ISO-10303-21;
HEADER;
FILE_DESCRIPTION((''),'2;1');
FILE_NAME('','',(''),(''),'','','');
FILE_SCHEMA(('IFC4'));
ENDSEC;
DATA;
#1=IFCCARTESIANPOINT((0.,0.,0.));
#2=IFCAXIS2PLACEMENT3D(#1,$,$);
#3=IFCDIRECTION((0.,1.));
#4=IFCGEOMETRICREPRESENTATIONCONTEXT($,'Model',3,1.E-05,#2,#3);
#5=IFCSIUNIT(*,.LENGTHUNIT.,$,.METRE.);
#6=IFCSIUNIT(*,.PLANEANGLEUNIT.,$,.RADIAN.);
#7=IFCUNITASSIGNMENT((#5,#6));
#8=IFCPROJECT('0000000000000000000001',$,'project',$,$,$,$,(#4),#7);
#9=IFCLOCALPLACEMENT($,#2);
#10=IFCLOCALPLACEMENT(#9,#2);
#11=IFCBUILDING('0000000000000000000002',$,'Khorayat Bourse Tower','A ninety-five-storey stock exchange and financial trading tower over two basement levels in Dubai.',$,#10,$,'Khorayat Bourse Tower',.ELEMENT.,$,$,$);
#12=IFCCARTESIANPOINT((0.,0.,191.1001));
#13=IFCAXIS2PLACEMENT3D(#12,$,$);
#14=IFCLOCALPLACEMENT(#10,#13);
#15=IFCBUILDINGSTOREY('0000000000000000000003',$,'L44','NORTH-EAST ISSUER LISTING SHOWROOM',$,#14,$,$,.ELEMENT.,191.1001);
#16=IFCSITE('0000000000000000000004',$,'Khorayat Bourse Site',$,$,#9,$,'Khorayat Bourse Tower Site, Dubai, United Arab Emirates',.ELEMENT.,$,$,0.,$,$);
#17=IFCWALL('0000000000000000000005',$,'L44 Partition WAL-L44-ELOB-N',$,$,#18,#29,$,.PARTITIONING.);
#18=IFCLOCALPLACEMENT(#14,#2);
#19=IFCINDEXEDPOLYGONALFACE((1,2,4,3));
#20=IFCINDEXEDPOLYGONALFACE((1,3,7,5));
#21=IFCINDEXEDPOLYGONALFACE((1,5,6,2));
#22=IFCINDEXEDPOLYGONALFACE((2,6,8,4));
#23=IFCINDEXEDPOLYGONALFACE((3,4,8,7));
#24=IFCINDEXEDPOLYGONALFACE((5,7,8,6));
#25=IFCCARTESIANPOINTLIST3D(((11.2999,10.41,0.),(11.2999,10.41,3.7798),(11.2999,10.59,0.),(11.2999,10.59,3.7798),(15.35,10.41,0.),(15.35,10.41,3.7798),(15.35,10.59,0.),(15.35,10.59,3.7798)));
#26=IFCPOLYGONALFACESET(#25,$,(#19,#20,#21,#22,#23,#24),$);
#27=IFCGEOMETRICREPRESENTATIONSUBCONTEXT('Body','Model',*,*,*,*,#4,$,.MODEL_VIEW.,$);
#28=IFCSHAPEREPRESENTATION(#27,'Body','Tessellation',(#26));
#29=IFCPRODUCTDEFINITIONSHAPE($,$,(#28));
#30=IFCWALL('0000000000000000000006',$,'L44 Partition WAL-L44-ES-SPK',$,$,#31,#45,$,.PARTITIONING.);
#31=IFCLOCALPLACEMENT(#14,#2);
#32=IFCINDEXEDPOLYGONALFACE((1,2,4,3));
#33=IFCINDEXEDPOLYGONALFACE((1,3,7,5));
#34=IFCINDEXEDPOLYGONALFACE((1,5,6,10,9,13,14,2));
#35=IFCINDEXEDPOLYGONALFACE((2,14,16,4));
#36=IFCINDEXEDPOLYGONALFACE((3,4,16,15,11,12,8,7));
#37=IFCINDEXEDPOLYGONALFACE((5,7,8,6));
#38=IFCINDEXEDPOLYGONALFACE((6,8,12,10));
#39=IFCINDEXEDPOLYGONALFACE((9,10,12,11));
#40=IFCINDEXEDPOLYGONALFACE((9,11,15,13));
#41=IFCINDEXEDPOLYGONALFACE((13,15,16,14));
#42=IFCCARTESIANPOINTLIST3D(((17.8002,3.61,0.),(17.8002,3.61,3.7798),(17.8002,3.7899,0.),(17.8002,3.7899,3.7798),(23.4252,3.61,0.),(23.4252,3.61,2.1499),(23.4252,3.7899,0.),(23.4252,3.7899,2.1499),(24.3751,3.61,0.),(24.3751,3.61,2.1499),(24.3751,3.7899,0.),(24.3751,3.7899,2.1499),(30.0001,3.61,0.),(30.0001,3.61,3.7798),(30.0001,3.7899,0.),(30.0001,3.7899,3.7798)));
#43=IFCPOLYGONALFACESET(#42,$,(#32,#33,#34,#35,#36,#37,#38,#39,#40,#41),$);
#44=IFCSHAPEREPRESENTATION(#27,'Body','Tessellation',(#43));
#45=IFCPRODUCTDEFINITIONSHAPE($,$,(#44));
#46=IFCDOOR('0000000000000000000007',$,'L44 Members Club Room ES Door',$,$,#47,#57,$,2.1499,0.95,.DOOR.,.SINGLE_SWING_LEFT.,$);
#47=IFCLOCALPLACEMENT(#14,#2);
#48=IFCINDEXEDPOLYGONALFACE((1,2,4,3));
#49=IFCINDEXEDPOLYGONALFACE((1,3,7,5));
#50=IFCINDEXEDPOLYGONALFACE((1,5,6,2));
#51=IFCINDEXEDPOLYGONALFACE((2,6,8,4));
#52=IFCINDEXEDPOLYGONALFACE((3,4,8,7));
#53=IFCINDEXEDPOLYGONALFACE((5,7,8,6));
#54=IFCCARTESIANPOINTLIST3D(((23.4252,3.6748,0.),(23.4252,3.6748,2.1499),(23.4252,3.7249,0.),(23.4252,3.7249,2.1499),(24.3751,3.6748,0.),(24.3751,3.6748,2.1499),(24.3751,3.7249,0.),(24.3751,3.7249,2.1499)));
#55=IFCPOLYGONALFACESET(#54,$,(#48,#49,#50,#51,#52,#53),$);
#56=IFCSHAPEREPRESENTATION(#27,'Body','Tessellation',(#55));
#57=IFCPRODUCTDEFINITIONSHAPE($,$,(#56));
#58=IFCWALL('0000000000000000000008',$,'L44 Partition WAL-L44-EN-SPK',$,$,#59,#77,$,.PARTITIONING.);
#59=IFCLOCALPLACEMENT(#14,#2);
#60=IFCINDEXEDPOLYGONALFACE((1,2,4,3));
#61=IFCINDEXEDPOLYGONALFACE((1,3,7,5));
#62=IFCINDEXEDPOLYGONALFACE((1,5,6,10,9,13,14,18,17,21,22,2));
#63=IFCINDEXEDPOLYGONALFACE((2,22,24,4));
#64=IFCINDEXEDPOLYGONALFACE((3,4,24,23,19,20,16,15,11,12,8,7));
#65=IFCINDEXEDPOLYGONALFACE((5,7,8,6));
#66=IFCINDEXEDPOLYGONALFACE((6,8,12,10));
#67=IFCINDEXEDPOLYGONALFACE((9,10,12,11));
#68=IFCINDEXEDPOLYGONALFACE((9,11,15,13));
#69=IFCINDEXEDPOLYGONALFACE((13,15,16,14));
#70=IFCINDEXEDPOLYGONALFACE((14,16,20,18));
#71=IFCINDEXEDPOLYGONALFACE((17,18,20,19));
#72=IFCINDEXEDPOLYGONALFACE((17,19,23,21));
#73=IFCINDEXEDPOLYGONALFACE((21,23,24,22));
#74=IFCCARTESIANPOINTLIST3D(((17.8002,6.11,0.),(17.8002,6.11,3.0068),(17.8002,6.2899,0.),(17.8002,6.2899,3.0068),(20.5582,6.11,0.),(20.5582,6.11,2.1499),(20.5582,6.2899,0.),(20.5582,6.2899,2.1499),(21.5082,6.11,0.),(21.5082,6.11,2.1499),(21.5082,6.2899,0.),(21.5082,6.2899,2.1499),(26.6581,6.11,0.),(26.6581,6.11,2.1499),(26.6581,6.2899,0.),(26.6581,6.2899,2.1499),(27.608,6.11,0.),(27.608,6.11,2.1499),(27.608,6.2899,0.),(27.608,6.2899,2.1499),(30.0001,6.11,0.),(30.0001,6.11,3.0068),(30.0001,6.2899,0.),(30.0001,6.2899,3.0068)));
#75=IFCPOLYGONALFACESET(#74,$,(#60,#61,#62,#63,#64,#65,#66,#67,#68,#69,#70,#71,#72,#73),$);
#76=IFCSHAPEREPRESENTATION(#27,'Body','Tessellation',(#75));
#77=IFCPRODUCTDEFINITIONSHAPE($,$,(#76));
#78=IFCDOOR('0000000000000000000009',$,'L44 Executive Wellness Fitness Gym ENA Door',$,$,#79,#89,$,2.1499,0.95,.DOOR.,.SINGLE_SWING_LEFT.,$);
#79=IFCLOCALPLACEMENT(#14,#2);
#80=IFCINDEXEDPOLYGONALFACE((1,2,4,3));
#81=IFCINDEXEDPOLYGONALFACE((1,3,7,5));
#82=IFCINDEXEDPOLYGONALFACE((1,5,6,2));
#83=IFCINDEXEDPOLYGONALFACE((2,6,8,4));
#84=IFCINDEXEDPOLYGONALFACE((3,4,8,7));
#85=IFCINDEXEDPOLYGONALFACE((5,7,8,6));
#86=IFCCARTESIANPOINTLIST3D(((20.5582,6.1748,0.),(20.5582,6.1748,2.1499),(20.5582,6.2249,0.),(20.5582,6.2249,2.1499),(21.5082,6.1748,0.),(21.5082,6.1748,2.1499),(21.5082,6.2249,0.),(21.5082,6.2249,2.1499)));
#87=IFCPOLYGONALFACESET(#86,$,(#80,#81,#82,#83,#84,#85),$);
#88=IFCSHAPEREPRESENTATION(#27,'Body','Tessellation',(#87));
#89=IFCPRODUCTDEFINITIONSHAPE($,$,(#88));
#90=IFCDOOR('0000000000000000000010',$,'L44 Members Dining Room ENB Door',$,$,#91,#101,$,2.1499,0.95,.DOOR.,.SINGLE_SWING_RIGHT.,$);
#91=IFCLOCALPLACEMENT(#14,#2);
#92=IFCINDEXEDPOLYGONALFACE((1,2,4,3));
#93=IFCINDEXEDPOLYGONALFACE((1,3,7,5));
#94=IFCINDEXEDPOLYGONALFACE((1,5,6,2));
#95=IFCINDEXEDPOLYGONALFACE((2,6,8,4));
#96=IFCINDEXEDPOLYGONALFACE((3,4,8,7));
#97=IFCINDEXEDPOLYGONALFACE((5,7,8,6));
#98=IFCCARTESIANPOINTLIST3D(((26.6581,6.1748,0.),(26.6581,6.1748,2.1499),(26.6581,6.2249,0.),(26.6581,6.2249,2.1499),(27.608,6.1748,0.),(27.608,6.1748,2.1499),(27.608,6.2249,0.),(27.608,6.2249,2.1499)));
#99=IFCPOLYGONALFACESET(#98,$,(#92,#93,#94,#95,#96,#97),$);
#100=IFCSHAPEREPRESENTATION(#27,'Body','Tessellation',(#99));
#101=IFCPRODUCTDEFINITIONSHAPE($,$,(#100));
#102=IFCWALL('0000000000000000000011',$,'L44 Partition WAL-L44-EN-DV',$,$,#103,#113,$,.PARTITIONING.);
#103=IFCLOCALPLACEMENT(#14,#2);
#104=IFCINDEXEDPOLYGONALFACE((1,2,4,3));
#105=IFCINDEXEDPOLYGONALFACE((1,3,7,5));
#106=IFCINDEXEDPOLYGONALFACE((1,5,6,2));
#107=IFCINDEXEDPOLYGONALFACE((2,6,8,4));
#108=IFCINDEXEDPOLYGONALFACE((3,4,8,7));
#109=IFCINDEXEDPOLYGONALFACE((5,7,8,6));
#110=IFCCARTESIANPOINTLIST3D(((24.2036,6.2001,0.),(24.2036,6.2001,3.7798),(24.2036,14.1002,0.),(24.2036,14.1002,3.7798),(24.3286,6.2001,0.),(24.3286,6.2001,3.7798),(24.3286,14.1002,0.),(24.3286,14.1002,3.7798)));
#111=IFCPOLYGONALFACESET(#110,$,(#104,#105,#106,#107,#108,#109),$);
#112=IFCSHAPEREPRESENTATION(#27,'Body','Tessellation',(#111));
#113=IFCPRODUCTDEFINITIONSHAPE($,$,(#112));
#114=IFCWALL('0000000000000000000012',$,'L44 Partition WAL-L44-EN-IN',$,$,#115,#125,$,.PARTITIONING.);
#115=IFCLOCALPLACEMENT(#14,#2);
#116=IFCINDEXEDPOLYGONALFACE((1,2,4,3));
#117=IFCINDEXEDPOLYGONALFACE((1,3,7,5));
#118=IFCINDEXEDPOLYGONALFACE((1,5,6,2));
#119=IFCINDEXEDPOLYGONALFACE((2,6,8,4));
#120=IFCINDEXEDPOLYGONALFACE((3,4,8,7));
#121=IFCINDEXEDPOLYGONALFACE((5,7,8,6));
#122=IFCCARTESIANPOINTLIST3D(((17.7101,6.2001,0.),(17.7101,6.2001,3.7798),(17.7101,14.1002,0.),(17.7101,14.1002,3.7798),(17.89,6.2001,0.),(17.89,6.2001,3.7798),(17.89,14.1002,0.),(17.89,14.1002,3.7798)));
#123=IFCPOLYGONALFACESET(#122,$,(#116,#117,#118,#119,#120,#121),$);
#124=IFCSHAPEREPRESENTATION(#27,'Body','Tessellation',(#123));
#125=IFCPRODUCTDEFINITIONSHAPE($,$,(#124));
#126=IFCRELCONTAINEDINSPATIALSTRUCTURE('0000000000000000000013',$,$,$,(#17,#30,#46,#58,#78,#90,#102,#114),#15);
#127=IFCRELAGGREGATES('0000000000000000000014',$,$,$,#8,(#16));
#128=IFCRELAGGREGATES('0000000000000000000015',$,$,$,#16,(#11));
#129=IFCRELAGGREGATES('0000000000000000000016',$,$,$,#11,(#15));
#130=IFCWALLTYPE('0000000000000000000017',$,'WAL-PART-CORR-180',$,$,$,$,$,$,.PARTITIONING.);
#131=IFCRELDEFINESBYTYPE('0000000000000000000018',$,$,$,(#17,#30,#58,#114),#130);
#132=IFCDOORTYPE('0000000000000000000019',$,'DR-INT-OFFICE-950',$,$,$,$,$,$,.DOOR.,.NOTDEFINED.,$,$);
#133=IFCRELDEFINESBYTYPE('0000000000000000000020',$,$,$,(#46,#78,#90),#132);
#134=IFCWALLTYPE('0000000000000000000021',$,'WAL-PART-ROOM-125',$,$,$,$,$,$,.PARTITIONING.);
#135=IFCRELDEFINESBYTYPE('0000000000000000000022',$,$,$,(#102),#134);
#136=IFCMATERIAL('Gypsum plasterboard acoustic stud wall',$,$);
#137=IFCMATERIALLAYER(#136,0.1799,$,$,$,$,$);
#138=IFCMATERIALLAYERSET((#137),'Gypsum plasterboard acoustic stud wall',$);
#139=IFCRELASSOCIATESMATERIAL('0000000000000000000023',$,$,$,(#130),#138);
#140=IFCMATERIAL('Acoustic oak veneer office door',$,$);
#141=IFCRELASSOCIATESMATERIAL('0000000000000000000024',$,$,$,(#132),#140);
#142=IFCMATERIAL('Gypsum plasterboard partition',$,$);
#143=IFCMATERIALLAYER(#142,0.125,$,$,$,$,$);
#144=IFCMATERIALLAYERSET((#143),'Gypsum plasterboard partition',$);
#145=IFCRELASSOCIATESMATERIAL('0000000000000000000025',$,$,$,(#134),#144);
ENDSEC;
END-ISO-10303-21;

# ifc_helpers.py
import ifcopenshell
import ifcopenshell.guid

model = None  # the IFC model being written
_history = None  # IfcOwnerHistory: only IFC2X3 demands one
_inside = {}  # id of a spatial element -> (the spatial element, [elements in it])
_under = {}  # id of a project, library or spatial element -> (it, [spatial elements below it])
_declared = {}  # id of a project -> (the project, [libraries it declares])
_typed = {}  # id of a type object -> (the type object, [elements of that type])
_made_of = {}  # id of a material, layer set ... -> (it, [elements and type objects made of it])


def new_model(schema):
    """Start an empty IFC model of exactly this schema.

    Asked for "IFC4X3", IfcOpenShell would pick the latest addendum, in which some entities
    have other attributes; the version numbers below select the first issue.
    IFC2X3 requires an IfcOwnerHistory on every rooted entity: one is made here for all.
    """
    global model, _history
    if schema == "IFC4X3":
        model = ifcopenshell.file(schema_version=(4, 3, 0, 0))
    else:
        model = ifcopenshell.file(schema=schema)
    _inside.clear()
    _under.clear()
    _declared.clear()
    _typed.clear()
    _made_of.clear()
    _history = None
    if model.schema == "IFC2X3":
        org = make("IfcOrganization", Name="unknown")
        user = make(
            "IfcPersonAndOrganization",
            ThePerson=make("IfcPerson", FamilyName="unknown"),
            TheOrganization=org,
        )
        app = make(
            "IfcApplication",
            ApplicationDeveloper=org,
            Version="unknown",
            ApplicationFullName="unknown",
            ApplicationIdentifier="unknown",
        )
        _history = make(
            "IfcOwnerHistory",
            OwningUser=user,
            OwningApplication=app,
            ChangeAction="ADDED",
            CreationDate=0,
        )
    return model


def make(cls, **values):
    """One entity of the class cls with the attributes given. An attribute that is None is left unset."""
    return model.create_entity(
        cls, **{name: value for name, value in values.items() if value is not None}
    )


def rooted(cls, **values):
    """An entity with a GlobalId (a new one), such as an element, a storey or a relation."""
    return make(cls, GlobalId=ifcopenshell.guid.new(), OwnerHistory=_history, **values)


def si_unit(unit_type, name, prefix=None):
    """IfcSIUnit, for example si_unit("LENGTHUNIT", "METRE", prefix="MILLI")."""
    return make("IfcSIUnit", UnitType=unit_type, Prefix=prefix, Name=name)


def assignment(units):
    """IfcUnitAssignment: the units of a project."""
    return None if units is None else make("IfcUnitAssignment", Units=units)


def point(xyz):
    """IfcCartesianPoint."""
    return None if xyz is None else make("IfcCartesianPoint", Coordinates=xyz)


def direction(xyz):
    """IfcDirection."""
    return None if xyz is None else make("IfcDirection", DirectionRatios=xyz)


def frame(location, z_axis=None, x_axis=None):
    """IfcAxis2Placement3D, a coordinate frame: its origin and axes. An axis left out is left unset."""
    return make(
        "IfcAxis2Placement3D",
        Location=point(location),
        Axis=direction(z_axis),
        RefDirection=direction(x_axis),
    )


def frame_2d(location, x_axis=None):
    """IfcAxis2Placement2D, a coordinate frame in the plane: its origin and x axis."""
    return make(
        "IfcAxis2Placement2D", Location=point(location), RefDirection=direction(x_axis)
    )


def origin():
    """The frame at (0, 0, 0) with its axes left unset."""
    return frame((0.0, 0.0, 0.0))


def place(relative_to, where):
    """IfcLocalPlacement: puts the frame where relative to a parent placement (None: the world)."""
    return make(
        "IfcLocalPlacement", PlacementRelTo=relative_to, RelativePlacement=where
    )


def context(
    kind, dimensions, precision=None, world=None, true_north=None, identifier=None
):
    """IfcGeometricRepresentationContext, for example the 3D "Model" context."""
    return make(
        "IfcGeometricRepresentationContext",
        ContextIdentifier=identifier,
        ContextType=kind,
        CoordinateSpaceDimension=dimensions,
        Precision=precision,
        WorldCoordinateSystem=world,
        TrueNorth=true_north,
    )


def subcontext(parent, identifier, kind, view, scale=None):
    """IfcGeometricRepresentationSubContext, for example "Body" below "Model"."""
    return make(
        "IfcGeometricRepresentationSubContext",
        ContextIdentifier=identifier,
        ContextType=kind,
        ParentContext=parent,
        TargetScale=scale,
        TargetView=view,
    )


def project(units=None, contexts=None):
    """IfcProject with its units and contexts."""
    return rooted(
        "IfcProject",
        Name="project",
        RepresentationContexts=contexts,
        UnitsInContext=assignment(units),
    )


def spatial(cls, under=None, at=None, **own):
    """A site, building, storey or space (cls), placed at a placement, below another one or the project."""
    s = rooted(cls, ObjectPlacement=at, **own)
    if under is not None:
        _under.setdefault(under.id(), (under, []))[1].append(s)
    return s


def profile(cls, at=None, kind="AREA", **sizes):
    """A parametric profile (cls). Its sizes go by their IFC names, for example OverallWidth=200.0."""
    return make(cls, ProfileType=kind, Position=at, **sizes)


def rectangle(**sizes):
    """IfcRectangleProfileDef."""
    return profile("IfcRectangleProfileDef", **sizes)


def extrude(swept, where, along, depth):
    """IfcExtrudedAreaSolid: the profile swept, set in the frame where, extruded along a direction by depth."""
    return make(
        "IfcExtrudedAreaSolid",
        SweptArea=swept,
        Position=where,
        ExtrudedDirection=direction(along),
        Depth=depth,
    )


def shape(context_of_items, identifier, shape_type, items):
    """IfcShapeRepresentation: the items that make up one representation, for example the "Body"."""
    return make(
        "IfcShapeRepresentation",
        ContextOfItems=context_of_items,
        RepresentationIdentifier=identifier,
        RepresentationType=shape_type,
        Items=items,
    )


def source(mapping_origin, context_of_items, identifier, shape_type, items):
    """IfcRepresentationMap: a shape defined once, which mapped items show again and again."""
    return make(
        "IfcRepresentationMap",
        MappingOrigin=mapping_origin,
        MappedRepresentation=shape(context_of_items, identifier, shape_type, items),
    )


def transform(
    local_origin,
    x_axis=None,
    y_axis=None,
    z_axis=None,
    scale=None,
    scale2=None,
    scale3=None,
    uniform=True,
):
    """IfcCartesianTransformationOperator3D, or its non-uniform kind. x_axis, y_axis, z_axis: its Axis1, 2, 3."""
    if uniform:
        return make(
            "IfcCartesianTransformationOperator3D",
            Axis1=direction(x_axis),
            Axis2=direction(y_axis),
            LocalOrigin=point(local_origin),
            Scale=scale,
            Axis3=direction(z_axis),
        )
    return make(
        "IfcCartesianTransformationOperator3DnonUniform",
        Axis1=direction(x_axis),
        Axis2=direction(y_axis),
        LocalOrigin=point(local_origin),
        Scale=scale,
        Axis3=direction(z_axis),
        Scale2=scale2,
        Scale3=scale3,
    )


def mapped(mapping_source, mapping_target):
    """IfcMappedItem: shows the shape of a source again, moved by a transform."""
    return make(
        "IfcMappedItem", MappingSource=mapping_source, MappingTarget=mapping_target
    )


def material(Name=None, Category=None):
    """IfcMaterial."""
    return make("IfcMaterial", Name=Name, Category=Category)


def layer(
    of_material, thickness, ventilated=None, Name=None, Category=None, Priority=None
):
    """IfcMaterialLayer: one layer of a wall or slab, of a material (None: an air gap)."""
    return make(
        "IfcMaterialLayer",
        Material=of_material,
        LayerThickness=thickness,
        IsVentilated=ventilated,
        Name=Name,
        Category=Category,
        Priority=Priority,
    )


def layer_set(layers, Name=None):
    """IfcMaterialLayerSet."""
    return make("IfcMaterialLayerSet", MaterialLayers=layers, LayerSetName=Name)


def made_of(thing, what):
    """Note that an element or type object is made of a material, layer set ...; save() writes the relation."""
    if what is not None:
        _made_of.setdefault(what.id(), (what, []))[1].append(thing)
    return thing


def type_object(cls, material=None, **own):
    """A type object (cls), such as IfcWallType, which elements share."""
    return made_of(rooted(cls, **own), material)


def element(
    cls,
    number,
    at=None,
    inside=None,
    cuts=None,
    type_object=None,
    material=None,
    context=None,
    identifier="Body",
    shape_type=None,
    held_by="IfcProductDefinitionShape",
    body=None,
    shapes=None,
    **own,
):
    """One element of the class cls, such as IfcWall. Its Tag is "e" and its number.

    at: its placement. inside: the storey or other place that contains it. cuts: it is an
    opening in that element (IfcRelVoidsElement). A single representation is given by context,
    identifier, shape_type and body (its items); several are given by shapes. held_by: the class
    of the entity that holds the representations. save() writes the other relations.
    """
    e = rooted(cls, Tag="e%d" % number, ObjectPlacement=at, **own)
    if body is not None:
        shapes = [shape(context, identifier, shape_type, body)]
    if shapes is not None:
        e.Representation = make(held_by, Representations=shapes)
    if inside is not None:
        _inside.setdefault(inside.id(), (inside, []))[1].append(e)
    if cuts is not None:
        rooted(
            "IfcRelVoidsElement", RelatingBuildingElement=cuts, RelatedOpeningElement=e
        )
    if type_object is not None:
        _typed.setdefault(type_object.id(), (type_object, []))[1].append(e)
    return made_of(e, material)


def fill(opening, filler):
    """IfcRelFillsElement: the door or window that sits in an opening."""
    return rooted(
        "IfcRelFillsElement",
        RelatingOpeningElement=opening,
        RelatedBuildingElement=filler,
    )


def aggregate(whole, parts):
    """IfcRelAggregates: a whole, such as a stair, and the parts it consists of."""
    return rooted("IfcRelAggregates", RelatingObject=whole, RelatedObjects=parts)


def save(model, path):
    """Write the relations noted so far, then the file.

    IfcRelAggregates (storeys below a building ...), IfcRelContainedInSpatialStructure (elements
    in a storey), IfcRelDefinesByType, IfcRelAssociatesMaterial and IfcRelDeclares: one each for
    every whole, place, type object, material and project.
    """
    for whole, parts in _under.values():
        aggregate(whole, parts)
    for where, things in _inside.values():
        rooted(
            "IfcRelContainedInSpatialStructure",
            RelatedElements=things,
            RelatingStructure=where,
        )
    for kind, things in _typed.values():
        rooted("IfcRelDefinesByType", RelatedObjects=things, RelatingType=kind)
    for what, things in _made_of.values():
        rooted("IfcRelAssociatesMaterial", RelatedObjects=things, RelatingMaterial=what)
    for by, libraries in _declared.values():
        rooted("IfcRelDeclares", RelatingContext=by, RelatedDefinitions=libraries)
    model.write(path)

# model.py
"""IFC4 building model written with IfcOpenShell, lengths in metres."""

from ifc_helpers import new_model, si_unit, direction, frame, frame_2d, origin, place, context, subcontext, project, spatial, rectangle, extrude, source, transform, mapped, material, layer, layer_set, type_object, element, fill, save


model = new_model("IFC4")

# Units and contexts
model_context = context("Model", 3, precision=1e-05, world=origin(), true_north=direction((0.0, 1.0)))
body_context = subcontext(model_context, "Body", "Model", "MODEL_VIEW")
ifc_project = project(units=[si_unit("LENGTHUNIT", "METRE"), si_unit("PLANEANGLEUNIT", "RADIAN")], contexts=[model_context])

# Site, building, storey
site_placement = place(None, origin())
site = spatial("IfcSite", under=ifc_project, at=site_placement, Name="Khorayat Bourse Site", LongName="Khorayat Bourse Tower Site, Dubai, United Arab Emirates", CompositionType="ELEMENT", RefElevation=0.0)
building_placement = place(site_placement, origin())
building = spatial("IfcBuilding", under=site, at=building_placement, Name="Khorayat Bourse Tower", Description="A ninety-five-storey stock exchange and financial trading tower over two basement levels in Dubai.", LongName="Khorayat Bourse Tower", CompositionType="ELEMENT")
storey_placement = place(building_placement, frame((0.0, 0.0, 191.1001)))
storey = spatial("IfcBuildingStorey", under=building, at=storey_placement, Name="L44", Description="NORTH-EAST ISSUER LISTING SHOWROOM", CompositionType="ELEMENT", Elevation=191.1001)

# Wall
ifc_material_1 = material(Name="Gypsum plasterboard acoustic stud wall")
ifc_layer_1 = layer(ifc_material_1, 0.1799)
ifc_layer_set_1 = layer_set([ifc_layer_1], Name="Gypsum plasterboard acoustic stud wall")
wall_type_1 = type_object("IfcWallType", Name="WAL-PART-CORR-180", PredefinedType="PARTITIONING", material=ifc_layer_set_1)
shared_shape_1 = source(origin(), body_context, "Body", "SweptSolid", [
    extrude(rectangle(XDim=4.05, YDim=0.1799, at=frame_2d((2.0249, 0.0))), origin(), (0.0, 0.0, 1.0), 3.7798),
])
wall_1_placement = place(storey_placement, frame((11.3, 10.5, 0.0), z_axis=(0.0, 0.0, 1.0), x_axis=(1.0, 0.0, 0.0)))
element("IfcWall", 1, at=wall_1_placement, inside=storey, type_object=wall_type_1, Name="L44 Partition WAL-L44-ELOB-N", PredefinedType="PARTITIONING", context=body_context, shape_type="MappedRepresentation", body=[
    mapped(shared_shape_1, transform((0.0, 0.0, 0.0), scale=1.0)),
])

# Wall, opening, door
shared_shape_2 = source(origin(), body_context, "Body", "SweptSolid", [
    extrude(rectangle(XDim=12.2, YDim=0.1799, at=frame_2d((6.1001, 0.0))), origin(), (0.0, 0.0, 1.0), 3.7798),
])
wall_2_placement = place(storey_placement, frame((17.8, 3.7, 0.0), z_axis=(0.0, 0.0, 1.0), x_axis=(1.0, 0.0, 0.0)))
wall_2 = element("IfcWall", 2, at=wall_2_placement, inside=storey, type_object=wall_type_1, Name="L44 Partition WAL-L44-ES-SPK", PredefinedType="PARTITIONING", context=body_context, shape_type="MappedRepresentation", body=[
    mapped(shared_shape_2, transform((0.0, 0.0, 0.0), scale=1.0)),
])
shared_shape_3 = source(origin(), body_context, "Body", "SweptSolid", [
    extrude(rectangle(XDim=0.95, YDim=2.1499, at=frame_2d((0.4751, 1.075))), frame((0.0, 0.0999, 0.0), z_axis=(0.0, -1.0, 0.0), x_axis=(1.0, 0.0, 0.0)), (0.0, 0.0, 1.0), 0.2),
])
opening_1_placement = place(wall_2_placement, frame((5.625, 0.0, 0.0)))
opening_1 = element("IfcOpeningElement", 3, at=opening_1_placement, cuts=wall_2, PredefinedType="OPENING", context=body_context, shape_type="MappedRepresentation", body=[
    mapped(shared_shape_3, transform((0.0, 0.0, 0.0), scale=1.0)),
])
ifc_material_2 = material(Name="Acoustic oak veneer office door")
door_type = type_object("IfcDoorType", Name="DR-INT-OFFICE-950", OperationType="NOTDEFINED", PredefinedType="DOOR", material=ifc_material_2)
shared_shape_4 = source(origin(), body_context, "Body", "SweptSolid", [
    extrude(rectangle(XDim=0.95, YDim=2.1499, at=frame_2d((0.4751, 1.075))), frame((0.0, 0.0249, 0.0), z_axis=(0.0, -1.0, 0.0), x_axis=(1.0, 0.0, 0.0)), (0.0, 0.0, 1.0), 0.05),
])
door_1_placement = place(opening_1_placement, origin())
door_1 = element("IfcDoor", 4, at=door_1_placement, inside=storey, type_object=door_type, Name="L44 Members Club Room ES Door", OperationType="SINGLE_SWING_LEFT", OverallHeight=2.1499, OverallWidth=0.95, PredefinedType="DOOR", context=body_context, shape_type="MappedRepresentation", body=[
    mapped(shared_shape_4, transform((0.0, 0.0, 0.0), scale=1.0)),
])
fill(opening_1, door_1)

# Wall, openings, doors
shared_shape_5 = source(origin(), body_context, "Body", "SweptSolid", [
    extrude(rectangle(XDim=12.2, YDim=0.1799, at=frame_2d((6.1001, 0.0))), origin(), (0.0, 0.0, 1.0), 3.0068),
])
wall_3_placement = place(storey_placement, frame((17.8, 6.2, 0.0), z_axis=(0.0, 0.0, 1.0), x_axis=(1.0, 0.0, 0.0)))
wall_3 = element("IfcWall", 5, at=wall_3_placement, inside=storey, type_object=wall_type_1, Name="L44 Partition WAL-L44-EN-SPK", PredefinedType="PARTITIONING", context=body_context, shape_type="MappedRepresentation", body=[
    mapped(shared_shape_5, transform((0.0, 0.0, 0.0), scale=1.0)),
])
opening_2_placement = place(wall_3_placement, frame((2.7581, 0.0, 0.0)))
opening_2 = element("IfcOpeningElement", 6, at=opening_2_placement, cuts=wall_3, PredefinedType="OPENING", context=body_context, shape_type="MappedRepresentation", body=[
    mapped(shared_shape_3, transform((0.0, 0.0, 0.0), scale=1.0)),
])
opening_3_placement = place(wall_3_placement, frame((8.8579, 0.0, 0.0)))
opening_3 = element("IfcOpeningElement", 7, at=opening_3_placement, cuts=wall_3, PredefinedType="OPENING", context=body_context, shape_type="MappedRepresentation", body=[
    mapped(shared_shape_3, transform((0.0, 0.0, 0.0), scale=1.0)),
])
door_2_placement = place(opening_2_placement, origin())
door_2 = element("IfcDoor", 8, at=door_2_placement, inside=storey, type_object=door_type, Name="L44 Executive Wellness Fitness Gym ENA Door", OperationType="SINGLE_SWING_LEFT", OverallHeight=2.1499, OverallWidth=0.95, PredefinedType="DOOR", context=body_context, shape_type="MappedRepresentation", body=[
    mapped(shared_shape_4, transform((0.0, 0.0, 0.0), scale=1.0)),
])
fill(opening_2, door_2)
door_3_placement = place(opening_3_placement, origin())
door_3 = element("IfcDoor", 9, at=door_3_placement, inside=storey, type_object=door_type, Name="L44 Members Dining Room ENB Door", OperationType="SINGLE_SWING_RIGHT", OverallHeight=2.1499, OverallWidth=0.95, PredefinedType="DOOR", context=body_context, shape_type="MappedRepresentation", body=[
    mapped(shared_shape_4, transform((0.0, 0.0, 0.0), scale=1.0)),
])
fill(opening_3, door_3)

# Walls
ifc_material_3 = material(Name="Gypsum plasterboard partition")
ifc_layer_2 = layer(ifc_material_3, 0.125)
ifc_layer_set_2 = layer_set([ifc_layer_2], Name="Gypsum plasterboard partition")
wall_type_2 = type_object("IfcWallType", Name="WAL-PART-ROOM-125", PredefinedType="PARTITIONING", material=ifc_layer_set_2)
shared_shape_6 = source(origin(), body_context, "Body", "SweptSolid", [
    extrude(rectangle(XDim=7.9001, YDim=0.125, at=frame_2d((3.9502, 0.0))), origin(), (0.0, 0.0, 1.0), 3.7798),
])
wall_4_placement = place(storey_placement, frame((24.2661, 6.2, 0.0), z_axis=(0.0, 0.0, 1.0), x_axis=(0.0, 1.0, 0.0)))
element("IfcWall", 10, at=wall_4_placement, inside=storey, type_object=wall_type_2, Name="L44 Partition WAL-L44-EN-DV", PredefinedType="PARTITIONING", context=body_context, shape_type="MappedRepresentation", body=[
    mapped(shared_shape_6, transform((0.0, 0.0, 0.0), scale=1.0)),
])
shared_shape_7 = source(origin(), body_context, "Body", "SweptSolid", [
    extrude(rectangle(XDim=7.9001, YDim=0.1799, at=frame_2d((3.9502, 0.0))), origin(), (0.0, 0.0, 1.0), 3.7798),
])
wall_5_placement = place(storey_placement, frame((17.8, 6.2, 0.0), z_axis=(0.0, 0.0, 1.0), x_axis=(0.0, 1.0, 0.0)))
element("IfcWall", 11, at=wall_5_placement, inside=storey, type_object=wall_type_1, Name="L44 Partition WAL-L44-EN-IN", PredefinedType="PARTITIONING", context=body_context, shape_type="MappedRepresentation", body=[
    mapped(shared_shape_7, transform((0.0, 0.0, 0.0), scale=1.0)),
])

save(model, "model.ifc")
